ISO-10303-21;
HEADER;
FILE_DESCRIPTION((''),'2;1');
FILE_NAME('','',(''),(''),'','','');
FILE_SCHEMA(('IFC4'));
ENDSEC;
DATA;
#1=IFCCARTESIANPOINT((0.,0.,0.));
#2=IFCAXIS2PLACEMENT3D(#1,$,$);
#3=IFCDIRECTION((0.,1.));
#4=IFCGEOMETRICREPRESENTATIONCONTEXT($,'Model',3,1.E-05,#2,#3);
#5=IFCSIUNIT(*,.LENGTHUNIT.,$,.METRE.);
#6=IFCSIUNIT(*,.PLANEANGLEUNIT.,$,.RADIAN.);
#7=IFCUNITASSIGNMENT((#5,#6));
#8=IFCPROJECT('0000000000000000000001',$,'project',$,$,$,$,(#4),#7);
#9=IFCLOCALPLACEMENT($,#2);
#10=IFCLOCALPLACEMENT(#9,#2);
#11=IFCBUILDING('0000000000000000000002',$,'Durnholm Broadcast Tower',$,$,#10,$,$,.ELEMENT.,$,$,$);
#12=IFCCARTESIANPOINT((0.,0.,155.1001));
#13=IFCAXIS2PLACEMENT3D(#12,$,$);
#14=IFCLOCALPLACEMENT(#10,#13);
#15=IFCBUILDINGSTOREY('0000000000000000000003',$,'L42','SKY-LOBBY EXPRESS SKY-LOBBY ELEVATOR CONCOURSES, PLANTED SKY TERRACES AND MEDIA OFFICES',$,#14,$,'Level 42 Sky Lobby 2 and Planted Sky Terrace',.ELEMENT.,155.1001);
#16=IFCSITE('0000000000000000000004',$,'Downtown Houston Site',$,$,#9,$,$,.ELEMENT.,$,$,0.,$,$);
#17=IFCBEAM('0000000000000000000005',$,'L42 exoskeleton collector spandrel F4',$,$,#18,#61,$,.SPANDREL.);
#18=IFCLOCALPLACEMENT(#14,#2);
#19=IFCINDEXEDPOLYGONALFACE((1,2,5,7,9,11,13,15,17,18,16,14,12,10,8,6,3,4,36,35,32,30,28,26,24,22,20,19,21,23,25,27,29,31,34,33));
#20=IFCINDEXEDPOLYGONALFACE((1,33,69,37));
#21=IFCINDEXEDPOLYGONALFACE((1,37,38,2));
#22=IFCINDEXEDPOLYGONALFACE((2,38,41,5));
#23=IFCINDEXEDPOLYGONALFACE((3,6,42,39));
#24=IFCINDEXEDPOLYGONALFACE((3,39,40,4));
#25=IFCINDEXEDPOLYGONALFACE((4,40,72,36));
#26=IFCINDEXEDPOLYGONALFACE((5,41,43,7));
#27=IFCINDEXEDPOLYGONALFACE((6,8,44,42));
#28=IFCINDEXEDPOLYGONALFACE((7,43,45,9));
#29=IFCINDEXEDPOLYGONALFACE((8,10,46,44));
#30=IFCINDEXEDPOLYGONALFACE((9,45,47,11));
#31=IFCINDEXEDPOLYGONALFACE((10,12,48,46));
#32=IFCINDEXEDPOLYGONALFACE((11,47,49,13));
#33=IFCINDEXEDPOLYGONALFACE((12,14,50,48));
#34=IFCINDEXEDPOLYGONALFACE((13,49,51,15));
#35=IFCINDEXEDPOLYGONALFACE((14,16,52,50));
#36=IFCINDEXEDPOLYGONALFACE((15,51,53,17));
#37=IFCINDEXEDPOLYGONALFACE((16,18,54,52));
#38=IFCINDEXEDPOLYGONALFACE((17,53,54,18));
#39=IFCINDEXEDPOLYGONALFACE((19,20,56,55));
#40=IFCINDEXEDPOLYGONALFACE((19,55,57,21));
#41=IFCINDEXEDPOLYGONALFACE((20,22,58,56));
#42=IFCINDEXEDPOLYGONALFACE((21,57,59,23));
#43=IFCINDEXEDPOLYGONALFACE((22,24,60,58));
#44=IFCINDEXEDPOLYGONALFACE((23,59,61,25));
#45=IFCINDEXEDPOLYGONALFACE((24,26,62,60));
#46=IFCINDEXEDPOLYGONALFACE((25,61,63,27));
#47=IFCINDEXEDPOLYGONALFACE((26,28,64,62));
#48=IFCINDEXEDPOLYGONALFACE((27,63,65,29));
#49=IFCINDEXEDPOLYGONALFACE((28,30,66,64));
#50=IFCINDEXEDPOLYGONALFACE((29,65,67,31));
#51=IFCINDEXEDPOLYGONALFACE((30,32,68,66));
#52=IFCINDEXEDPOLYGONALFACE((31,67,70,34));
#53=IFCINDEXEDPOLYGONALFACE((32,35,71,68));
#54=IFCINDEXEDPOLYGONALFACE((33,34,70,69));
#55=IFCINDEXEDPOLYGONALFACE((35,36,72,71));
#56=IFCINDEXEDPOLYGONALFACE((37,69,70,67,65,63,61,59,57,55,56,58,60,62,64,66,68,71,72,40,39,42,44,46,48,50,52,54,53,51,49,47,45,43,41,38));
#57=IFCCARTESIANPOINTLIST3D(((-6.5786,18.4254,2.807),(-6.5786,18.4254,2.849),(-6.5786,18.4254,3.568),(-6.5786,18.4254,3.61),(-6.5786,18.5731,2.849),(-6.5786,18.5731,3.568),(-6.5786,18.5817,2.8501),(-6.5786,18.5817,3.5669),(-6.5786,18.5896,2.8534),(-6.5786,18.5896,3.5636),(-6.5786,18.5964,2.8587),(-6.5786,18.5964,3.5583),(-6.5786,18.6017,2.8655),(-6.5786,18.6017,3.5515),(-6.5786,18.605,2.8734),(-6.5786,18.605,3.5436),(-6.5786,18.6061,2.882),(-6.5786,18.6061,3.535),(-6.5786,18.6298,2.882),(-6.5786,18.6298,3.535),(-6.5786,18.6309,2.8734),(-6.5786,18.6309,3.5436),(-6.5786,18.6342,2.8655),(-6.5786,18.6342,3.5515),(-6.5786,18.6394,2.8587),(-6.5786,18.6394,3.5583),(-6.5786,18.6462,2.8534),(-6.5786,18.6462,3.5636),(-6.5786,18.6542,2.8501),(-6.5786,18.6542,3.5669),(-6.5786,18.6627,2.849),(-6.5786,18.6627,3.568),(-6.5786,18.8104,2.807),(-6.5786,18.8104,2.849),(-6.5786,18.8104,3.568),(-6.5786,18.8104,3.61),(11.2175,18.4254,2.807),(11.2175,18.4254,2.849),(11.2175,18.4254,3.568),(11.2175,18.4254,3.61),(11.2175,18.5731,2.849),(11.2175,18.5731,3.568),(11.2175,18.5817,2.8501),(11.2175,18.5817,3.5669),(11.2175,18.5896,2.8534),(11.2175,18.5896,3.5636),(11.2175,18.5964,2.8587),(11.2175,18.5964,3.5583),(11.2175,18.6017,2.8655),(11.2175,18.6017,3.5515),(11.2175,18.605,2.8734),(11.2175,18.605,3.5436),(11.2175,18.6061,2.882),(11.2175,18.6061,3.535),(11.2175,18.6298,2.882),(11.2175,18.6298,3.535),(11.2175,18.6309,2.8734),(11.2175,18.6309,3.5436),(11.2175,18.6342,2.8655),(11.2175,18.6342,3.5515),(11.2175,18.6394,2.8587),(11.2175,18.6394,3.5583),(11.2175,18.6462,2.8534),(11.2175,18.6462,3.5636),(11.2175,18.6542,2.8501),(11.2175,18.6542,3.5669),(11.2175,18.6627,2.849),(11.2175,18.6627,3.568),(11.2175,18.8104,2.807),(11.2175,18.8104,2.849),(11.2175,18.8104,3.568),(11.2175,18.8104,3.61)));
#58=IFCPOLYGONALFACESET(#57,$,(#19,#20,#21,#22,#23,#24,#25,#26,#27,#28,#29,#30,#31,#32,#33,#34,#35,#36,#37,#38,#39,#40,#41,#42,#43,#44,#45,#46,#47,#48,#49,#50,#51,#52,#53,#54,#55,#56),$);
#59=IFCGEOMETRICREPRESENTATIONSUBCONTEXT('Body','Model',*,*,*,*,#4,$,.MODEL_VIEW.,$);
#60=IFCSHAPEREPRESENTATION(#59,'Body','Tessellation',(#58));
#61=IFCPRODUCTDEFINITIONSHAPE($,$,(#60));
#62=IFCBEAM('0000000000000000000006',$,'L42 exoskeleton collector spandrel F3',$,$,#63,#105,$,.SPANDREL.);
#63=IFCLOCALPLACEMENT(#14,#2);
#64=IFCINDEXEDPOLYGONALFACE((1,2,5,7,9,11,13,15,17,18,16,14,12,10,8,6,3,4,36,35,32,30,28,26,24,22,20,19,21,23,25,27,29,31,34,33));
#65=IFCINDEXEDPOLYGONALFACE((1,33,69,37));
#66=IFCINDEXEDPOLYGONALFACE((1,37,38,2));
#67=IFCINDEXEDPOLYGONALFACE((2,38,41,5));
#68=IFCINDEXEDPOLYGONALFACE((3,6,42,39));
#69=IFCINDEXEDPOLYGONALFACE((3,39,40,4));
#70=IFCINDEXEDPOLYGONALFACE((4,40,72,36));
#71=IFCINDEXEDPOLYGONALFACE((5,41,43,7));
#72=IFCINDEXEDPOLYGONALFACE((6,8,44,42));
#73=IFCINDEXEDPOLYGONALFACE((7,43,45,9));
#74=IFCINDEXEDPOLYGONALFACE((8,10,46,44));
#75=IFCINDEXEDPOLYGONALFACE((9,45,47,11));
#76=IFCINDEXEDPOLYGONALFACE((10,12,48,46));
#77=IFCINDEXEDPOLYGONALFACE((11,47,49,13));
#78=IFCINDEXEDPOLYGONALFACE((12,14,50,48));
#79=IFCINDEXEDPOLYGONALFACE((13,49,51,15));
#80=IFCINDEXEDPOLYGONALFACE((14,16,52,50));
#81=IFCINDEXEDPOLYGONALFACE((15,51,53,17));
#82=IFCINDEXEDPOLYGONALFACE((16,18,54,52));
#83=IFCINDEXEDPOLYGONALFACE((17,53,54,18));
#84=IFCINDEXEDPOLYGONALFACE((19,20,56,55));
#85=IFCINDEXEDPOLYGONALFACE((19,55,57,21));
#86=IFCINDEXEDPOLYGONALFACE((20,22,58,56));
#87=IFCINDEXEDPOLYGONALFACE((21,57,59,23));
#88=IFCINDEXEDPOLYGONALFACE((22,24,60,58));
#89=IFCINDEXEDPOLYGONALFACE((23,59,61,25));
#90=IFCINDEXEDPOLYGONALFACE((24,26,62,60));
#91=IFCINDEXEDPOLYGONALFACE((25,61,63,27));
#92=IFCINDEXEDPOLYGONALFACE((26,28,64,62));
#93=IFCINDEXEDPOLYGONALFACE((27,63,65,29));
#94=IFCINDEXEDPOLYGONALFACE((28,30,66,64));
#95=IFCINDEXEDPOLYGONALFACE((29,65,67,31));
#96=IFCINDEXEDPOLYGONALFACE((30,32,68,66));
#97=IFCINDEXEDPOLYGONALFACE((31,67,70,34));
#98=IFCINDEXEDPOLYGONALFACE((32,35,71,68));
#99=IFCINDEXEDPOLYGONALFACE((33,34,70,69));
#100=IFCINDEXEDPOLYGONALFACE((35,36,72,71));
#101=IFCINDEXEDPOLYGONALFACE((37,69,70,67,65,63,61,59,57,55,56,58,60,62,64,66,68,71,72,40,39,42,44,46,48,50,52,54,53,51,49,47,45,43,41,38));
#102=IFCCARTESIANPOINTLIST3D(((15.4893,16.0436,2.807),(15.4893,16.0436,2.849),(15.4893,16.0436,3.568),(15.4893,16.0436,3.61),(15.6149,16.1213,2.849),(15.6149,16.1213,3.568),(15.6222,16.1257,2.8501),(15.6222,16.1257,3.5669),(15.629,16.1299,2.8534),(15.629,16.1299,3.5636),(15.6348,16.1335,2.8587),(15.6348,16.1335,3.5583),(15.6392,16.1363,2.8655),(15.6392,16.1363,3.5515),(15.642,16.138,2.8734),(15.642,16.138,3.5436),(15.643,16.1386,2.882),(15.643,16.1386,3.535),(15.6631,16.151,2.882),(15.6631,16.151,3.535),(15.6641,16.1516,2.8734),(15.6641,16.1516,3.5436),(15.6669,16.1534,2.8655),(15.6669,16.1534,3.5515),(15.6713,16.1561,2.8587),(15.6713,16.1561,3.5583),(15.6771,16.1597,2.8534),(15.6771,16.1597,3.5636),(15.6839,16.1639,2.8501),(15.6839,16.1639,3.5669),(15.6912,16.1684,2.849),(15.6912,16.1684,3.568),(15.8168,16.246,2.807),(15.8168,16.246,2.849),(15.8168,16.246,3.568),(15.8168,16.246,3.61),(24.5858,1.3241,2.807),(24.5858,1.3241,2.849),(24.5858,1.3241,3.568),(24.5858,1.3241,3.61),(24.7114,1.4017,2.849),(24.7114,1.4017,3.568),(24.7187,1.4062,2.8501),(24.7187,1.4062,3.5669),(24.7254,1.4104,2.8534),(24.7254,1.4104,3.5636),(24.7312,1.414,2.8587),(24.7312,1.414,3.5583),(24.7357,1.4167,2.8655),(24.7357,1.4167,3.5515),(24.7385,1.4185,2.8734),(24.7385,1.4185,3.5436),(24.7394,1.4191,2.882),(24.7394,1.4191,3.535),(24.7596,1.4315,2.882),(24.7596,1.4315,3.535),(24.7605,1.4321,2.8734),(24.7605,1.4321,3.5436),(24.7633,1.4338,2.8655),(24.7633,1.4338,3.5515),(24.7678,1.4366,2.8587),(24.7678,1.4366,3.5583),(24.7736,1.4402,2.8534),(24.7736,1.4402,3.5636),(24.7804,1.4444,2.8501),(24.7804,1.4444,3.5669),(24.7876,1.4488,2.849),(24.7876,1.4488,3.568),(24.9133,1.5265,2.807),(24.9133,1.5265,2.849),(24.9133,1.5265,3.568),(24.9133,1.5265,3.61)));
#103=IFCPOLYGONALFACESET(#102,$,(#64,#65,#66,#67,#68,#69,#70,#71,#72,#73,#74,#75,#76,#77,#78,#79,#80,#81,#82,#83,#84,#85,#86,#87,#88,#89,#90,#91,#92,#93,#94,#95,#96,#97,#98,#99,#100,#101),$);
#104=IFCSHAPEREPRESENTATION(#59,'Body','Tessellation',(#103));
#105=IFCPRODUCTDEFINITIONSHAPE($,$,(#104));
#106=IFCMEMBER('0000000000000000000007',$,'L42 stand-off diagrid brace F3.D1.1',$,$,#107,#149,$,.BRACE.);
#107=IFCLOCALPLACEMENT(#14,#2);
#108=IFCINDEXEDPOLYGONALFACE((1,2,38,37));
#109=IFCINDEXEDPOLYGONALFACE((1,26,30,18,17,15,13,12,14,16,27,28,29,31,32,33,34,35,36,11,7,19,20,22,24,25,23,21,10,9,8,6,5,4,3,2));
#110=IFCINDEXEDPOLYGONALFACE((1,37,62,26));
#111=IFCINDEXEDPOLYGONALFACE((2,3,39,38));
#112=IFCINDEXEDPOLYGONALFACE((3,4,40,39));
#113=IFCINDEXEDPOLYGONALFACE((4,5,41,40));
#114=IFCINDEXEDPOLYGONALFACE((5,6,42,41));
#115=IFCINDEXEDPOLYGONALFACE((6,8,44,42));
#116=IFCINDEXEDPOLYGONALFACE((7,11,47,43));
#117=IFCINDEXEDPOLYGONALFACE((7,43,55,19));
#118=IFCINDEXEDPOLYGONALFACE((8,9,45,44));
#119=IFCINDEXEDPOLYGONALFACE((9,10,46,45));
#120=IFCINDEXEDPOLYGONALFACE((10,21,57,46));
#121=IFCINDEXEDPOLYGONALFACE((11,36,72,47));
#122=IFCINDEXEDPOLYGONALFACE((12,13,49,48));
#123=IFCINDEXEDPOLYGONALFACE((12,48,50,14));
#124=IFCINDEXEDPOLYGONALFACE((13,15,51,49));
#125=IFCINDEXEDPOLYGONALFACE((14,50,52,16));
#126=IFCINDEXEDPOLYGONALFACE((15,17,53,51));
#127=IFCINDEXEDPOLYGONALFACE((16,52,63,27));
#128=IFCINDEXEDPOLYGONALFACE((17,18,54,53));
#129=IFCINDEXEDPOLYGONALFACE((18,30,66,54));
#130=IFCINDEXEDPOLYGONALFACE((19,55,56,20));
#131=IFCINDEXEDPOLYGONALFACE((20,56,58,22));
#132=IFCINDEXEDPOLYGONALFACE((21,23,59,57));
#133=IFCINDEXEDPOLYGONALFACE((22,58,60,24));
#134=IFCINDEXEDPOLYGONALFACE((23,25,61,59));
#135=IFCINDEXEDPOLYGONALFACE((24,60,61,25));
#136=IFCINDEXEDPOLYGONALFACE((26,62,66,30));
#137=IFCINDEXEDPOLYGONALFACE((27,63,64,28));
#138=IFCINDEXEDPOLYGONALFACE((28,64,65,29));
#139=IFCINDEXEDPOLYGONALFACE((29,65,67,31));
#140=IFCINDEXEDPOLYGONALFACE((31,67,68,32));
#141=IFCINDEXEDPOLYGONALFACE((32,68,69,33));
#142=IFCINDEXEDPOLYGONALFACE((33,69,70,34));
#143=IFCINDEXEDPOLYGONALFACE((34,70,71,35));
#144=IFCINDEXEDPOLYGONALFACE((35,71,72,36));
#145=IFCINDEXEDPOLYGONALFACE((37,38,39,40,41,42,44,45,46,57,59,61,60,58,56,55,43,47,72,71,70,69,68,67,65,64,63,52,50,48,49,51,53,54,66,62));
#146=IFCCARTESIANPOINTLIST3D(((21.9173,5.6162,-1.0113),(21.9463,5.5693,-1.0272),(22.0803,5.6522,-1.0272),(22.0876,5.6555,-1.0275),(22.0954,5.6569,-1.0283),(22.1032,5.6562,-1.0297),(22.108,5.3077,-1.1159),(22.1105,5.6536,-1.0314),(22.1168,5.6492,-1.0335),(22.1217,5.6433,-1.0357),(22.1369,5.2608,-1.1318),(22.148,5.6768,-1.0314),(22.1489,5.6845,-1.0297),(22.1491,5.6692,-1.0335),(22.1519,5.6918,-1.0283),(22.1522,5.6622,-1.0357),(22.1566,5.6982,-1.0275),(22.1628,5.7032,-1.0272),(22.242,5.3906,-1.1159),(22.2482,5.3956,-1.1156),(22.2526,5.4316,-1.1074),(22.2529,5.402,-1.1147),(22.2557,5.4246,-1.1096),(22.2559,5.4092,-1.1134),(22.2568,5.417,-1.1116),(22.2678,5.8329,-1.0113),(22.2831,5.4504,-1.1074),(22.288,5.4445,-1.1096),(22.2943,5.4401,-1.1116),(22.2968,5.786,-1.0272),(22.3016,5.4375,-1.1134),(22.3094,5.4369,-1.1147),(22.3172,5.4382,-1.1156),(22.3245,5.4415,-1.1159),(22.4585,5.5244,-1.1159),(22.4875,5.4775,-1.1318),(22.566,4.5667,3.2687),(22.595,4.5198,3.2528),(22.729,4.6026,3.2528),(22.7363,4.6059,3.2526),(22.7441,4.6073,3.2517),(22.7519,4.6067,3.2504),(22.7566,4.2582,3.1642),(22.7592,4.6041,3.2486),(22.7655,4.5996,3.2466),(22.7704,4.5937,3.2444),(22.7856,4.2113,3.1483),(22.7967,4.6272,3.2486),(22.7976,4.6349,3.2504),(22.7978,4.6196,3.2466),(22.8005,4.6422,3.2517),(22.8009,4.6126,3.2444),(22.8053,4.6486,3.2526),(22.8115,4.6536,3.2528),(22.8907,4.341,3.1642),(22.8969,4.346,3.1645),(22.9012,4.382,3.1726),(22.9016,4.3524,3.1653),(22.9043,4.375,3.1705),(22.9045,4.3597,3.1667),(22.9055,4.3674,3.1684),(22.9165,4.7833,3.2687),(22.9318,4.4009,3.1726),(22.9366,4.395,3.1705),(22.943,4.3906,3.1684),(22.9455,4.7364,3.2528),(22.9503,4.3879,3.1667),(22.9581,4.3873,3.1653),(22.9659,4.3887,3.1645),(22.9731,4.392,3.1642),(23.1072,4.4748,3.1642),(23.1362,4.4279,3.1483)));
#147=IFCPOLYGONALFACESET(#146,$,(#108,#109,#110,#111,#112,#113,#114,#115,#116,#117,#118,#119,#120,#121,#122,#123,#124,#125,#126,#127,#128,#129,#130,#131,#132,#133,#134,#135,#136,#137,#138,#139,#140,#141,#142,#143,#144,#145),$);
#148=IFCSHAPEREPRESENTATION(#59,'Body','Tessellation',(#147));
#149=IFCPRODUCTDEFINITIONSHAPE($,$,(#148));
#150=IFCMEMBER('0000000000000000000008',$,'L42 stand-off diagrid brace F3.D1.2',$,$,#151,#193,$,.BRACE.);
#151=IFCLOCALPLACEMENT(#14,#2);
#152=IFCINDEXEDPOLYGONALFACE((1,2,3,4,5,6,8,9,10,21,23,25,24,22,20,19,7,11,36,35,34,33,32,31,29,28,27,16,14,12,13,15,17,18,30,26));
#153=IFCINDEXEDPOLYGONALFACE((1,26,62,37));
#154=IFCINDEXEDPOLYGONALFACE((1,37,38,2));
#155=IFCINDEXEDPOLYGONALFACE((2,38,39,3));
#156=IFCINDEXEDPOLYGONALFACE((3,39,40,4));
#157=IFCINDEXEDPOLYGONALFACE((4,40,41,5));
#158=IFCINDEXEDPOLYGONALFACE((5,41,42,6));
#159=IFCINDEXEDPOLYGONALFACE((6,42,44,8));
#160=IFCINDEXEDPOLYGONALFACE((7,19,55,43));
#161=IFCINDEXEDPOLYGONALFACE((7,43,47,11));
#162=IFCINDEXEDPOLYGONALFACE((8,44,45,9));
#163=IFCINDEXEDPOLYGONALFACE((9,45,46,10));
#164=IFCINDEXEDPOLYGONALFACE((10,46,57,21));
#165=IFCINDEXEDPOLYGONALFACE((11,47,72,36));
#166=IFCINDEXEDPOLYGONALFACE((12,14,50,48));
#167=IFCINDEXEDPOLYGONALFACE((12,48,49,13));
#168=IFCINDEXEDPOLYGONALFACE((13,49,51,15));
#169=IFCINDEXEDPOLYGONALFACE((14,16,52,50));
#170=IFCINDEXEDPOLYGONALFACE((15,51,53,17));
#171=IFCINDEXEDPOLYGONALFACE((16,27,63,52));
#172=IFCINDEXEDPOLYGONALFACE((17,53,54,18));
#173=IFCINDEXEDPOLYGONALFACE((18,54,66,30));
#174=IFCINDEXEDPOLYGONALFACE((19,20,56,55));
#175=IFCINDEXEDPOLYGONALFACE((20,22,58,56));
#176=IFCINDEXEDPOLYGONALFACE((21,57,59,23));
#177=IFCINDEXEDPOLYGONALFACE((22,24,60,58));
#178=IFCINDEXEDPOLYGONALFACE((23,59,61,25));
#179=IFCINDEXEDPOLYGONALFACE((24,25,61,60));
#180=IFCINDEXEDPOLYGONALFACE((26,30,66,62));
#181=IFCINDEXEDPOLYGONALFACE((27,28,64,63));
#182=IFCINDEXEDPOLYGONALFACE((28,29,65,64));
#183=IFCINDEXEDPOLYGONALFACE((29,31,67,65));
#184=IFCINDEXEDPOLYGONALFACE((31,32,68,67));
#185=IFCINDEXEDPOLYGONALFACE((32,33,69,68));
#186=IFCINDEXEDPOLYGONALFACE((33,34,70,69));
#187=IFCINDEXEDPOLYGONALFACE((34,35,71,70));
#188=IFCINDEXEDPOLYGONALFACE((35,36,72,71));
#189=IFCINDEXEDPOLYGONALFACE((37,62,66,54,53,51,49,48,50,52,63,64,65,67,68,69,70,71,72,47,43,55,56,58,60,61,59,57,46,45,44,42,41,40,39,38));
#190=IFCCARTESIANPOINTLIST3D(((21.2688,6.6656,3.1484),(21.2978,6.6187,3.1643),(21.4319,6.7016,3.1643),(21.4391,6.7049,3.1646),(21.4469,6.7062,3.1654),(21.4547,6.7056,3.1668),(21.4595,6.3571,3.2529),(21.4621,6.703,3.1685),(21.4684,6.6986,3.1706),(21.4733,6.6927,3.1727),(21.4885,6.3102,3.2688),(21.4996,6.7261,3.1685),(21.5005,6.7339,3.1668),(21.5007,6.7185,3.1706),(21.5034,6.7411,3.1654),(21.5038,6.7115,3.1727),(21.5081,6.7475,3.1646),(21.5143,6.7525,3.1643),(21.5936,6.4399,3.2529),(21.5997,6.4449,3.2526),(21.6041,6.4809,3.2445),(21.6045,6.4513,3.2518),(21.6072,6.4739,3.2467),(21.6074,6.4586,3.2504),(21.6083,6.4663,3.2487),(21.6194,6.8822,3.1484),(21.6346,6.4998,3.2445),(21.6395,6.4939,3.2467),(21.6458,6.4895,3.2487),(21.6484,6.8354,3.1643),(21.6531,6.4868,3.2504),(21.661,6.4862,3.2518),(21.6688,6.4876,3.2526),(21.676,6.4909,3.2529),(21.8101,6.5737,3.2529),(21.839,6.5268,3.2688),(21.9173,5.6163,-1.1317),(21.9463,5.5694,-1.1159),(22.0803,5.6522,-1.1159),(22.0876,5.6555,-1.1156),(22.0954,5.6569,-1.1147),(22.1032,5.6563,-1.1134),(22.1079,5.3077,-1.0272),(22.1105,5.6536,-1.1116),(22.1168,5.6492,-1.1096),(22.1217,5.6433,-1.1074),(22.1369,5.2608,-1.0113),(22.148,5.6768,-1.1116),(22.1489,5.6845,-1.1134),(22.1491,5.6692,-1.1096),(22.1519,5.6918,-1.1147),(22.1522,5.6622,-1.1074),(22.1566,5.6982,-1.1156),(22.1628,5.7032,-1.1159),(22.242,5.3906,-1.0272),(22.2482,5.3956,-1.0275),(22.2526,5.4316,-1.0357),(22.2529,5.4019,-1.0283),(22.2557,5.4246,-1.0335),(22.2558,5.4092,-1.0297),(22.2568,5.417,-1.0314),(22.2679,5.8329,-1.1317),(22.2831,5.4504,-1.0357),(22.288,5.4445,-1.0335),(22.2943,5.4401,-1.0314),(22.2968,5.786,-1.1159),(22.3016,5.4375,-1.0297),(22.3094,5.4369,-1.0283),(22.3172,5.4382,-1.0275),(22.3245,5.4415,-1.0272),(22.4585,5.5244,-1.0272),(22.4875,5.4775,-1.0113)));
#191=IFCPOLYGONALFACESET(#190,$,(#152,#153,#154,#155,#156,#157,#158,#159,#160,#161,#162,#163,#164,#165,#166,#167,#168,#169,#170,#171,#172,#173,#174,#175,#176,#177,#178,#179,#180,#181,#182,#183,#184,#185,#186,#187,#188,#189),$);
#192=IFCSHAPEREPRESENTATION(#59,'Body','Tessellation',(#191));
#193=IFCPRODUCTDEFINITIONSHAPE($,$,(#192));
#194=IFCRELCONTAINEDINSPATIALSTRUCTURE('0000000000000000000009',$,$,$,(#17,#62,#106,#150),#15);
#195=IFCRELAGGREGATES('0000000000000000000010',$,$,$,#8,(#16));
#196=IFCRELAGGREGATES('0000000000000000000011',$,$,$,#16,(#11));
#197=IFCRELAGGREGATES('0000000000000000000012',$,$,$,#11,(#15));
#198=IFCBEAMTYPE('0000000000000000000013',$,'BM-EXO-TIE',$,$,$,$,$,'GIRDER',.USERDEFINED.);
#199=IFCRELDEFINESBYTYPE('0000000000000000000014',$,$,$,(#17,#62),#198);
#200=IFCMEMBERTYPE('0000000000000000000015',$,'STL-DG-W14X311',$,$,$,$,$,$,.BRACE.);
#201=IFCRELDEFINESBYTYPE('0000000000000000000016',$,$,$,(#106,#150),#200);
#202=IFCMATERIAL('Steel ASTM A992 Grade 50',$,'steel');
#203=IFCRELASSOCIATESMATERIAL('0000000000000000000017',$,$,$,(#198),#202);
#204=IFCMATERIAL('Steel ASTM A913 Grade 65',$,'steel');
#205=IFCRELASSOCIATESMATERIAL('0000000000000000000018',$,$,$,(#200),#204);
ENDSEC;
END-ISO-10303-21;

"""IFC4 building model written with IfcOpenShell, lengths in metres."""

from ifc_helpers import new_model, si_unit, direction, frame, origin, origin_2d, place, context, subcontext, project, spatial, i_section, extrude, source, transform, mapped, material, material_profile, profile_set, type_object, type_shapes, element, save


model = new_model("IFC4")

# Units and contexts
model_context = context("Model", 3, precision=1e-05, world=origin(), true_north=direction((0.0, 1.0)))
body_context = subcontext(model_context, "Body", "Model", "MODEL_VIEW")
ifc_project = project(units=[si_unit("LENGTHUNIT", "METRE"), si_unit("PLANEANGLEUNIT", "RADIAN")], contexts=[model_context])

# Site, building, storey
site_placement = place(None, origin())
site = spatial("IfcSite", under=ifc_project, at=site_placement, Name="Downtown Houston Site", CompositionType="ELEMENT", RefElevation=0.0)
building_placement = place(site_placement, origin())
building = spatial("IfcBuilding", under=site, at=building_placement, Name="Durnholm Broadcast Tower", CompositionType="ELEMENT")
storey_placement = place(building_placement, frame((0.0, 0.0, 155.1001)))
storey = spatial("IfcBuildingStorey", under=building, at=storey_placement, Name="L42", Description="SKY-LOBBY EXPRESS SKY-LOBBY ELEVATOR CONCOURSES, PLANTED SKY TERRACES AND MEDIA OFFICES", LongName="Level 42 Sky Lobby 2 and Planted Sky Terrace", CompositionType="ELEMENT", Elevation=155.1001)

# Beams
ifc_material_1 = material(Name="Steel ASTM A992 Grade 50", Category="steel")
ifc_material_profile_1 = material_profile(ifc_material_1, i_section(OverallWidth=0.385, OverallDepth=0.803, WebThickness=0.0237, FlangeThickness=0.042, FilletRadius=0.033, at=origin_2d()), Name="W30X261")
ifc_profile_set_1 = profile_set([ifc_material_profile_1], Name="Steel ASTM A992 Grade 50")
beam_type_1 = type_object("IfcBeamType", Name="BM-EXO-TIE", ElementType="GIRDER", PredefinedType="USERDEFINED", material=ifc_profile_set_1)
shared_shape_1 = source(origin(), body_context, "Body", "SweptSolid", [
    extrude(i_section(OverallWidth=0.385, OverallDepth=0.803, WebThickness=0.0237, FlangeThickness=0.042, FilletRadius=0.033, at=origin_2d()), origin(), (0.0, 0.0, 1.0), 17.7961),
])
beam_1_placement = place(storey_placement, frame((11.2175, 18.6179, 3.2085), z_axis=(-1.0, 0.0, 0.0), x_axis=(0.0, -1.0, 0.0)))
element("IfcBeam", 1, at=beam_1_placement, inside=storey, type_object=beam_type_1, Name="L42 exoskeleton collector spandrel F4", PredefinedType="SPANDREL", context=body_context, shape_type="MappedRepresentation", body=[
    mapped(shared_shape_1, transform((0.0, 0.0, 0.0), x_axis=(1.0, 0.0, 0.0), y_axis=(0.0, 1.0, 0.0), z_axis=(0.0, 0.0, 1.0), scale=1.0)),
])
shared_shape_2 = source(origin(), body_context, "Body", "SweptSolid", [
    extrude(i_section(OverallWidth=0.385, OverallDepth=0.803, WebThickness=0.0237, FlangeThickness=0.042, FilletRadius=0.033, at=origin_2d()), origin(), (0.0, 0.0, 1.0), 17.3035),
])
beam_2_placement = place(storey_placement, frame((24.7495, 1.4253, 3.2085), z_axis=(-0.525702, 0.850669, 0.0), x_axis=(-0.850669, -0.525702, 0.0)))
element("IfcBeam", 2, at=beam_2_placement, inside=storey, type_object=beam_type_1, Name="L42 exoskeleton collector spandrel F3", PredefinedType="SPANDREL", context=body_context, shape_type="MappedRepresentation", body=[
    mapped(shared_shape_2, transform((0.0, 0.0, 0.0), x_axis=(1.0, 0.0, 0.0), y_axis=(0.0, 1.0, 0.0), z_axis=(0.0, 0.0, 1.0), scale=1.0)),
])

# Members
ifc_material_2 = material(Name="Steel ASTM A913 Grade 65", Category="steel")
ifc_material_profile_2 = material_profile(ifc_material_2, i_section(OverallWidth=0.4121, OverallDepth=0.4348, WebThickness=0.0359, FlangeThickness=0.0574, FilletRadius=0.0305, at=origin_2d()), Name="W14X311")
ifc_profile_set_2 = profile_set([ifc_material_profile_2], Name="Steel ASTM A913 Grade 65")
member_type_1 = type_object("IfcMemberType", Name="STL-DG-W14X311", PredefinedType="BRACE", material=ifc_profile_set_2)
shared_shape_3 = source(origin(), body_context, "Body", "SweptSolid", [
    extrude(i_section(OverallWidth=0.4121, OverallDepth=0.4348, WebThickness=0.0359, FlangeThickness=0.0574, FilletRadius=0.0305, at=origin_2d()), origin(), (0.0, 0.0, 1.0), 4.4543),
])
type_shapes(member_type_1, [shared_shape_3])
for number, where, z_axis, x_axis, name in (
    (3, (22.2024, 5.5469, -1.0715), (0.14563, -0.235627, 0.96087), (0.850644, 0.525741, 0.0), "L42 stand-off diagrid brace F3.D1.1"),
    (4, (22.2024, 5.5469, -1.0715), (-0.145578, 0.235577, 0.96089), (-0.850678, -0.525687, 0.0), "L42 stand-off diagrid brace F3.D1.2"),
):
    element("IfcMember", number, at=place(storey_placement, frame(where, z_axis=z_axis, x_axis=x_axis)), inside=storey, type_object=member_type_1, Name=name, PredefinedType="BRACE", context=body_context, shape_type="MappedRepresentation", body=[
        mapped(shared_shape_3, transform((0.0, 0.0, 0.0), x_axis=(1.0, 0.0, 0.0), y_axis=(0.0, 1.0, 0.0), z_axis=(0.0, 0.0, 1.0), scale=1.0)),
    ])

save(model, "model.ifc")
